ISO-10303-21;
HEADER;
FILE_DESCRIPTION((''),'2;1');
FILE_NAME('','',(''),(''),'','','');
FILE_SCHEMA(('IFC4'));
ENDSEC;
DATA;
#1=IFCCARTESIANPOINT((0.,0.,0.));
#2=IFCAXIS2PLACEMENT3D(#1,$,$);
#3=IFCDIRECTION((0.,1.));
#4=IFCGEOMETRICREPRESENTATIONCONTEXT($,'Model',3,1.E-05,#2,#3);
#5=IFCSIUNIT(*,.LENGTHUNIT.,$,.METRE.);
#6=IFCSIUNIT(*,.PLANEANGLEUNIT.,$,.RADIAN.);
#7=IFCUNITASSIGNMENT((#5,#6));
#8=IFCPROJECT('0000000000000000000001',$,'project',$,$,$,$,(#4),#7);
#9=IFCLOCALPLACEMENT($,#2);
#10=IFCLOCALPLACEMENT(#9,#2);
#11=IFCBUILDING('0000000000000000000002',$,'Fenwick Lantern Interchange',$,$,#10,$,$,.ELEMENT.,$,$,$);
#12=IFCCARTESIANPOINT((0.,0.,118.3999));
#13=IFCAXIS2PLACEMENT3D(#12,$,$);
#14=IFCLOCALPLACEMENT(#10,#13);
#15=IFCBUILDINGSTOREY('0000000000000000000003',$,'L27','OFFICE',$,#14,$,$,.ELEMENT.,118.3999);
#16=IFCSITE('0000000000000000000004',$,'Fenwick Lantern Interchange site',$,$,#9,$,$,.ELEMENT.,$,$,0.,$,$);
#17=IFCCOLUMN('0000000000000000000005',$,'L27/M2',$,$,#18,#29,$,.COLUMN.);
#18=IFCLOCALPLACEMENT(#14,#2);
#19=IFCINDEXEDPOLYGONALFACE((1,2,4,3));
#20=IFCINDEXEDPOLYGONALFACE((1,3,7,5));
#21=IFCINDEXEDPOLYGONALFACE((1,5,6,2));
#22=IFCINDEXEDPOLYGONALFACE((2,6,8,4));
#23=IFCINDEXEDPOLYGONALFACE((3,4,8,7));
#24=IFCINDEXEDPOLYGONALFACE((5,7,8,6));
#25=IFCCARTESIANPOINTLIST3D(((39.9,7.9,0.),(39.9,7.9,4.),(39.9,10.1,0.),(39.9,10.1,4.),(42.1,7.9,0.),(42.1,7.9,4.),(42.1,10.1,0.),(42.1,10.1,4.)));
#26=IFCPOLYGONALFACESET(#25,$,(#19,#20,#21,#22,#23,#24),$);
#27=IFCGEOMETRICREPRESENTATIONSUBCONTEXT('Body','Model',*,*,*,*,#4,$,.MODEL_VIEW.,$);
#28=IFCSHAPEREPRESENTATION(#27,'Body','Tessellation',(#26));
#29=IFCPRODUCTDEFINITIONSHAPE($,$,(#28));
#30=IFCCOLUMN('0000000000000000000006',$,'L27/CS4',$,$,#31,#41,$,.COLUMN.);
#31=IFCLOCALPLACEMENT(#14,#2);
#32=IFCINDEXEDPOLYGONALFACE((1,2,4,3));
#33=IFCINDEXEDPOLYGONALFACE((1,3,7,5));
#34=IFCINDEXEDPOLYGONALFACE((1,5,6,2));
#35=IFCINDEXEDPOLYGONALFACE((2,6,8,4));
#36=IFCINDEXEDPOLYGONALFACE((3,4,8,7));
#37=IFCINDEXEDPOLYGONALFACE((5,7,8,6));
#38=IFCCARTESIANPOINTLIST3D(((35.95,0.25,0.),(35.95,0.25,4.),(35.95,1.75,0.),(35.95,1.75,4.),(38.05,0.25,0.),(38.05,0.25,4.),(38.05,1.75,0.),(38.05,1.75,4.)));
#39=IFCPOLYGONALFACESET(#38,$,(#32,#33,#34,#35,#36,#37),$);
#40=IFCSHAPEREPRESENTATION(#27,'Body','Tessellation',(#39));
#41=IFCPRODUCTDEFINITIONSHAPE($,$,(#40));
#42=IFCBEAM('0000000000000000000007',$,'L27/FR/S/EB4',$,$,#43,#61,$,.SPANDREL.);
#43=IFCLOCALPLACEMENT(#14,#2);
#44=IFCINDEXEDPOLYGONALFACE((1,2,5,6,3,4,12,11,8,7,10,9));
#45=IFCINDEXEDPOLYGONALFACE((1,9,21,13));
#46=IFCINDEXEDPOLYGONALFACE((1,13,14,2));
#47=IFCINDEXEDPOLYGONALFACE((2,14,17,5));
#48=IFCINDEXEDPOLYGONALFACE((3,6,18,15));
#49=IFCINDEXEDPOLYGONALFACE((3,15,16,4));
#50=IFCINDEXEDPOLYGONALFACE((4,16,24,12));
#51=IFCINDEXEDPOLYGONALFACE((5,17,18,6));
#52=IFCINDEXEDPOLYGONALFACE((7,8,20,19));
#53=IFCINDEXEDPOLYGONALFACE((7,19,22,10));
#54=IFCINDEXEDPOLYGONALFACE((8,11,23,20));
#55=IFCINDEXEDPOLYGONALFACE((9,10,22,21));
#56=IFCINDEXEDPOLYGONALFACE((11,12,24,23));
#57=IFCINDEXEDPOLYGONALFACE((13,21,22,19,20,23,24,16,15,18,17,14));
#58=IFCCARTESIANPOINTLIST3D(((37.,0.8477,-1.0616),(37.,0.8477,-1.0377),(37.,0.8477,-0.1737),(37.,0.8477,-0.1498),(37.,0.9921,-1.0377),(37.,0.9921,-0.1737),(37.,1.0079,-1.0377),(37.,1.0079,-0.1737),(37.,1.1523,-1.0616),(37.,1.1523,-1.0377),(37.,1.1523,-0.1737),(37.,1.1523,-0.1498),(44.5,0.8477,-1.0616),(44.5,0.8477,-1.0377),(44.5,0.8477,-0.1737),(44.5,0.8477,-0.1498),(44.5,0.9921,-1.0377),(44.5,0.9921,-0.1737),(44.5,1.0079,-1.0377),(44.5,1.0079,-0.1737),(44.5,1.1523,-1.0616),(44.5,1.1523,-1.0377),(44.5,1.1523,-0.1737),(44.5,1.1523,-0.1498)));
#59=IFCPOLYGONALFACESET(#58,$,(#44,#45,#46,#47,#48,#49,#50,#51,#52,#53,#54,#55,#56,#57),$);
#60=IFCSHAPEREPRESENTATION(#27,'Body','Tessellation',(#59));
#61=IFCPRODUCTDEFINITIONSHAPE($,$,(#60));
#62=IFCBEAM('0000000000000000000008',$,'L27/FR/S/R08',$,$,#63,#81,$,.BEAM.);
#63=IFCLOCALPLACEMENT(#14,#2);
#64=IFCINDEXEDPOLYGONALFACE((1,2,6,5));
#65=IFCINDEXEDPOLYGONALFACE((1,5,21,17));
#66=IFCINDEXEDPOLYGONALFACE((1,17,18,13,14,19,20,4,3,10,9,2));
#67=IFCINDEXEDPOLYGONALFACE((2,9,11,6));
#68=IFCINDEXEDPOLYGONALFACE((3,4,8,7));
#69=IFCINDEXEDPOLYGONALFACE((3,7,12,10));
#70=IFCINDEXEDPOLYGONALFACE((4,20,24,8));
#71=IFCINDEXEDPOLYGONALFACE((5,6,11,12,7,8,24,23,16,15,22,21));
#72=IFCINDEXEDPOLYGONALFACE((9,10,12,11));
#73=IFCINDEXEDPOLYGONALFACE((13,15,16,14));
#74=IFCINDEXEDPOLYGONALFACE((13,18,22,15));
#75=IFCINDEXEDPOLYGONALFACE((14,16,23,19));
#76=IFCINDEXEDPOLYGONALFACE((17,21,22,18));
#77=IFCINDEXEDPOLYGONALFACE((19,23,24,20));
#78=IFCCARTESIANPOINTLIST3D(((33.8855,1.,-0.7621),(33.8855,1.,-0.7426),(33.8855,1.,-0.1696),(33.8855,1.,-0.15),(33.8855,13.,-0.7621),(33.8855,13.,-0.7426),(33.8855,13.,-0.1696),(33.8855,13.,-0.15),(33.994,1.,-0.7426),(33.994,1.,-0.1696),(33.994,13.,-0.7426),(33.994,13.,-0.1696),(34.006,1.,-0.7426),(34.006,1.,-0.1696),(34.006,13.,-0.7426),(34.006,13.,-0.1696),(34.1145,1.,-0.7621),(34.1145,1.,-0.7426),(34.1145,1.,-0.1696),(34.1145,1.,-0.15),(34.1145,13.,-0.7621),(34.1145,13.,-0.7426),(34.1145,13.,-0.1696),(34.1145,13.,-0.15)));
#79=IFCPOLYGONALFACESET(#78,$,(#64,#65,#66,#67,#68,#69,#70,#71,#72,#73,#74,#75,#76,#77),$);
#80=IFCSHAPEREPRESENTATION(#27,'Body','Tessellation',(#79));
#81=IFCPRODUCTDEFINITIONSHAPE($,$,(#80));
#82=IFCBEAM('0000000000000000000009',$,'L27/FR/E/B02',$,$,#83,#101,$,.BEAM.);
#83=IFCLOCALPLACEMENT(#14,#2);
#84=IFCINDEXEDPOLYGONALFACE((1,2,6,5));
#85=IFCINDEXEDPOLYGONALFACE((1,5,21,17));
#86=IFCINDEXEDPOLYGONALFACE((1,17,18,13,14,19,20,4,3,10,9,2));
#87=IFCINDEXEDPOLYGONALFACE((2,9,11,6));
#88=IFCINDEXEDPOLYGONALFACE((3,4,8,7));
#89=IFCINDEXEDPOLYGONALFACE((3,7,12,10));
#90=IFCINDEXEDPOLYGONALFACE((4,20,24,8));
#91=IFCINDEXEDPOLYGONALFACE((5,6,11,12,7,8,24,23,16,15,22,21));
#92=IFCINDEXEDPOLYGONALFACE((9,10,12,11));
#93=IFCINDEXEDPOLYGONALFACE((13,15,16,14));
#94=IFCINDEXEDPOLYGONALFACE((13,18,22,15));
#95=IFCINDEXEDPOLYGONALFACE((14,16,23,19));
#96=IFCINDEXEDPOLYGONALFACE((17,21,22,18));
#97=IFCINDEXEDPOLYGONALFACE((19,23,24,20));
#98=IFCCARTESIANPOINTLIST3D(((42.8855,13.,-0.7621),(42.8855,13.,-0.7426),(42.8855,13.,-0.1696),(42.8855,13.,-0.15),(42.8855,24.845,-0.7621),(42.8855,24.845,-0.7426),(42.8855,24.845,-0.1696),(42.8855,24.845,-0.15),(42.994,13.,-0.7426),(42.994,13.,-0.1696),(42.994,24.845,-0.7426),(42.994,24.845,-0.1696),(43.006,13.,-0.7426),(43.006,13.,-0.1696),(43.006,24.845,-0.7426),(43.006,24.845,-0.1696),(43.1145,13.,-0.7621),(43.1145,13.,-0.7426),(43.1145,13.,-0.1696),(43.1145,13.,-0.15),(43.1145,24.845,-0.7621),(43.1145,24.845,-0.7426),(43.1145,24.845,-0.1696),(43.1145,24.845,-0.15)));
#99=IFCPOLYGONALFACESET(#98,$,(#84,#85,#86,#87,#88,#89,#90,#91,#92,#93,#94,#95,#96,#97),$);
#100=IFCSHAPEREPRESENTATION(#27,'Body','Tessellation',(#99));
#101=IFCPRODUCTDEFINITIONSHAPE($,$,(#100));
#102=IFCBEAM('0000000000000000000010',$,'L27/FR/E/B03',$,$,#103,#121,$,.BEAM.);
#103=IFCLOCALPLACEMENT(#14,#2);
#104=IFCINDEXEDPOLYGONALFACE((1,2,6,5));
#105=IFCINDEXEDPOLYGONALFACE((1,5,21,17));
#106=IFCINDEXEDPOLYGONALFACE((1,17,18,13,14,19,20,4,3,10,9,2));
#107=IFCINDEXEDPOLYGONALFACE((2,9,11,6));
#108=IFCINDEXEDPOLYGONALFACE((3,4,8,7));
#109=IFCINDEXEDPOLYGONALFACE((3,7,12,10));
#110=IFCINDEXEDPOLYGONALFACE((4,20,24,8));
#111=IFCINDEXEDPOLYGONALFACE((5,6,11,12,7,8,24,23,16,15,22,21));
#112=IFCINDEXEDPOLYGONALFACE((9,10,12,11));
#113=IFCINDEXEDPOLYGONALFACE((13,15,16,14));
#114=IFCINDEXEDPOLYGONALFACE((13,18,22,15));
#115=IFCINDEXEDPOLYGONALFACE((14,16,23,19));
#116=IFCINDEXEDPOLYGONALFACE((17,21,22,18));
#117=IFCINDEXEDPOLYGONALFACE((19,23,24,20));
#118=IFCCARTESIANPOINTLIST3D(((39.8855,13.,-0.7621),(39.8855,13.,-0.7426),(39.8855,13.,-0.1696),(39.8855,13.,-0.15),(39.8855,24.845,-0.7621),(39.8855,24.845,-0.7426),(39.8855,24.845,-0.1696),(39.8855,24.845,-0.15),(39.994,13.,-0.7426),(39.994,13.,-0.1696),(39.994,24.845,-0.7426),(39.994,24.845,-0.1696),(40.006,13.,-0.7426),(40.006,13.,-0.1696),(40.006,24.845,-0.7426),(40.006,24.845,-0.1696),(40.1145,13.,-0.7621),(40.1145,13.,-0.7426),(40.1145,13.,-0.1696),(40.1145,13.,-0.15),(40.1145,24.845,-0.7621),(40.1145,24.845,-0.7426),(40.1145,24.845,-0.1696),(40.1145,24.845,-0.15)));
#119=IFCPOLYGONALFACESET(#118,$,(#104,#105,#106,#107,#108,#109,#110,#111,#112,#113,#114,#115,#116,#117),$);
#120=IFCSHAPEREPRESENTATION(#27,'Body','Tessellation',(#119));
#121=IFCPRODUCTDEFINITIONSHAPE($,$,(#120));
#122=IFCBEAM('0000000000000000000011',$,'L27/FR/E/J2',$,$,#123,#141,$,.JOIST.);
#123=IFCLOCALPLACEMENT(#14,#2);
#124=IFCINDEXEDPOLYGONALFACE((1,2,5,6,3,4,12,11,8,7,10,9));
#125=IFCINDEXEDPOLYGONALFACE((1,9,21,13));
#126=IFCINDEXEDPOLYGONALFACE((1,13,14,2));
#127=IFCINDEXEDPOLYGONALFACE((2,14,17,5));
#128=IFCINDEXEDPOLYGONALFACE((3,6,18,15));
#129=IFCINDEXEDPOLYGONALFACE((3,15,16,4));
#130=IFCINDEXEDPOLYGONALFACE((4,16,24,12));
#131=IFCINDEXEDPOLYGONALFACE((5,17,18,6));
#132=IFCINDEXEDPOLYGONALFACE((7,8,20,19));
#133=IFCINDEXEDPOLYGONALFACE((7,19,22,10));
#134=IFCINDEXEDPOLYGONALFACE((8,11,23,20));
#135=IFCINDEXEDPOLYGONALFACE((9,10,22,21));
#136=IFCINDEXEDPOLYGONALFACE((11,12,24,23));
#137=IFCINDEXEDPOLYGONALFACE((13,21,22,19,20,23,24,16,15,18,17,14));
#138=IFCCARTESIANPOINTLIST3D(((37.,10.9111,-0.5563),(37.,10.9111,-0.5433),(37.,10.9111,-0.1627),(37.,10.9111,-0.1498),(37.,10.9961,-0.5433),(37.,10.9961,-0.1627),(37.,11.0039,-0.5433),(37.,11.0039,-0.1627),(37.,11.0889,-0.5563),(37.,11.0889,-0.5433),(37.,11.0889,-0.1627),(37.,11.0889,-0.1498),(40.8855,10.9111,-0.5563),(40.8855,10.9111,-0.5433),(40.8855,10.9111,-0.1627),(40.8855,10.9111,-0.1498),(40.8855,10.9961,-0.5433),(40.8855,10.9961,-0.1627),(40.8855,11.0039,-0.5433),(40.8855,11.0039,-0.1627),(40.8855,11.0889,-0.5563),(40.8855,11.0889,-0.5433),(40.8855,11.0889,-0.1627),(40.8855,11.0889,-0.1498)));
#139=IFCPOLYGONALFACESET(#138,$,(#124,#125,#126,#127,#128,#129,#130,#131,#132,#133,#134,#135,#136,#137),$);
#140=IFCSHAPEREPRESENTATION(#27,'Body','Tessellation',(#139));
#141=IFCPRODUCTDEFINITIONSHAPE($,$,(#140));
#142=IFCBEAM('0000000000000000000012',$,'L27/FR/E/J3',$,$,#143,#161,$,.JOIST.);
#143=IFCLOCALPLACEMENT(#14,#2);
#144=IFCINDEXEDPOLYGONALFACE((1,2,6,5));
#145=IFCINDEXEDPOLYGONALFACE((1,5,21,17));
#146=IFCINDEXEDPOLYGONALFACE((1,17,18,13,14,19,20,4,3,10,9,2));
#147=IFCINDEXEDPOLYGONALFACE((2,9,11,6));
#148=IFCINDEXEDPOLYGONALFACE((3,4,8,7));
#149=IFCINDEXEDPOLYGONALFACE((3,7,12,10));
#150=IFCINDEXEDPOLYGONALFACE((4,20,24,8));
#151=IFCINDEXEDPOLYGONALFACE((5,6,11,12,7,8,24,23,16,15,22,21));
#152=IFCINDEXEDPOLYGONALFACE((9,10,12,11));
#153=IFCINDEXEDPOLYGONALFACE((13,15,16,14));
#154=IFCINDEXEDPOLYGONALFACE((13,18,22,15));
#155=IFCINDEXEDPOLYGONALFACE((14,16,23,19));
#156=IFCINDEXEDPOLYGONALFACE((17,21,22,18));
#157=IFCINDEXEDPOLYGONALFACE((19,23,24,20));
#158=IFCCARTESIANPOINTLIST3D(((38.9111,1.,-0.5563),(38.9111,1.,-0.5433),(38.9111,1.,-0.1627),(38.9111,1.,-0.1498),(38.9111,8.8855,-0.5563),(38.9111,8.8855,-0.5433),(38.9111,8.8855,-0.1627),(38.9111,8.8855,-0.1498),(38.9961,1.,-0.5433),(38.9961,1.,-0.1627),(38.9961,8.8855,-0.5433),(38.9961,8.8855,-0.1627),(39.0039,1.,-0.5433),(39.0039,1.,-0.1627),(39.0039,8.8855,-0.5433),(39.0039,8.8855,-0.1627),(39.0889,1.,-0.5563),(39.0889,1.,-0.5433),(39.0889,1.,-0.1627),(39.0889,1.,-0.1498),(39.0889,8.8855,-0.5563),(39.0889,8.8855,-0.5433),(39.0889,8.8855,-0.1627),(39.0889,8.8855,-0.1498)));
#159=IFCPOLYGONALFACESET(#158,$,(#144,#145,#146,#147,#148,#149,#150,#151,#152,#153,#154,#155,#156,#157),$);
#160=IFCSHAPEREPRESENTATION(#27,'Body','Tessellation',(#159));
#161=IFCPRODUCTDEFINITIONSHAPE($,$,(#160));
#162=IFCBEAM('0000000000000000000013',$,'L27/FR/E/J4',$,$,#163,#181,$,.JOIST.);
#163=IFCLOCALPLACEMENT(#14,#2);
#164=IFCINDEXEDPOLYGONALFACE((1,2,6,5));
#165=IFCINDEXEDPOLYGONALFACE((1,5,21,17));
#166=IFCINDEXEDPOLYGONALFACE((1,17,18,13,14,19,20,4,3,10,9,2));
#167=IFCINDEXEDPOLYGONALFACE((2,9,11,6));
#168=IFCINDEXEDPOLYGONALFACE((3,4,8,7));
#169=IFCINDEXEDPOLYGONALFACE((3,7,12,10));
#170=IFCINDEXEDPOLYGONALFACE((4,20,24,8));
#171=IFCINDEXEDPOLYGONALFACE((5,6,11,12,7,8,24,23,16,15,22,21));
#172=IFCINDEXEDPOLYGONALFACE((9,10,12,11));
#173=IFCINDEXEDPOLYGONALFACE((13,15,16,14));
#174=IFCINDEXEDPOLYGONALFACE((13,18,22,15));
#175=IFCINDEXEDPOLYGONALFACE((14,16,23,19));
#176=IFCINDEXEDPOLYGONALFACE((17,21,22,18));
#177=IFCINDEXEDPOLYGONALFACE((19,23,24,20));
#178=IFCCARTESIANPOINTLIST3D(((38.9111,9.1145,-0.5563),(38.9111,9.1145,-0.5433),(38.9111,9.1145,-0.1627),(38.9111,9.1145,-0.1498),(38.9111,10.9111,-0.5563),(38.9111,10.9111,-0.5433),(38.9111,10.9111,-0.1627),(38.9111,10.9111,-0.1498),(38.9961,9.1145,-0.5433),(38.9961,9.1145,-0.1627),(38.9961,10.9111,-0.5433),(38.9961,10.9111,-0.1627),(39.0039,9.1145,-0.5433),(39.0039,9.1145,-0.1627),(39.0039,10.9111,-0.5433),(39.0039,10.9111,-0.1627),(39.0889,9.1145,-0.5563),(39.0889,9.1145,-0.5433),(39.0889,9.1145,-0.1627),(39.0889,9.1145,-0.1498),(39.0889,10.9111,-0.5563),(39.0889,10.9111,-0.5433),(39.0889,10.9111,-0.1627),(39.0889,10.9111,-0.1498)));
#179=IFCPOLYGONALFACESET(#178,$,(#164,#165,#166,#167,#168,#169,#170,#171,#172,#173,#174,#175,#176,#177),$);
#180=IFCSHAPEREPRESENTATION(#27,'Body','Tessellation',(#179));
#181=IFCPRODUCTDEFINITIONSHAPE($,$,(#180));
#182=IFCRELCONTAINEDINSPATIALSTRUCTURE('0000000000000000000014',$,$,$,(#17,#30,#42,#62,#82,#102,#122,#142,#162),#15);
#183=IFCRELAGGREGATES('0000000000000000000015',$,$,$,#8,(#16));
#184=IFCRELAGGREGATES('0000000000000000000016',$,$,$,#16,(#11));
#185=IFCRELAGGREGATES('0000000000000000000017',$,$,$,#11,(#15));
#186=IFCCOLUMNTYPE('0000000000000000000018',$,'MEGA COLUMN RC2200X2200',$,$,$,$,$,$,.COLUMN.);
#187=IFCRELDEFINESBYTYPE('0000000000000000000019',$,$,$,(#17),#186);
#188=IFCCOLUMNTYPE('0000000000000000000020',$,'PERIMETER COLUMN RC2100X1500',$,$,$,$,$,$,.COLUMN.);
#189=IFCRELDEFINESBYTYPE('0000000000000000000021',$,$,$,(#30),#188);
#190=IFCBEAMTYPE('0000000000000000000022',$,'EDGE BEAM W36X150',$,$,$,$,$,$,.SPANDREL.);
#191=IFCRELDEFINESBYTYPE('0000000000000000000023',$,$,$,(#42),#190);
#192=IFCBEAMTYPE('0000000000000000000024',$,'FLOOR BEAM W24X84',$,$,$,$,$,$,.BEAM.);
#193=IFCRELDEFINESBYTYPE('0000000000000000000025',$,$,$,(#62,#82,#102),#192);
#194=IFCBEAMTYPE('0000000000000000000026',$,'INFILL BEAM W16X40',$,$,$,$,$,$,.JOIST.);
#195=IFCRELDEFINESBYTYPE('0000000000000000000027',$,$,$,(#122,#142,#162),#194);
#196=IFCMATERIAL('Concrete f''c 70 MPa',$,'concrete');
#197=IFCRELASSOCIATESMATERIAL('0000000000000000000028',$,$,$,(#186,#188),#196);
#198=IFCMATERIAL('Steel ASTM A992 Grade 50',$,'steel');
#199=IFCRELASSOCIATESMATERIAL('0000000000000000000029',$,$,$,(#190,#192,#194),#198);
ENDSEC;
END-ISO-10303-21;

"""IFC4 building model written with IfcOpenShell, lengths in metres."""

from ifc_helpers import new_model, si_unit, direction, frame, origin, origin_2d, place, context, subcontext, project, spatial, rectangle, i_section, extrude, material, material_profile, profile_set, type_object, element, save


model = new_model("IFC4")

# Units and contexts
model_context = context("Model", 3, precision=1e-05, world=origin(), true_north=direction((0.0, 1.0)))
body_context = subcontext(model_context, "Body", "Model", "MODEL_VIEW")
ifc_project = project(units=[si_unit("LENGTHUNIT", "METRE"), si_unit("PLANEANGLEUNIT", "RADIAN")], contexts=[model_context])

# Site, building, storey
site_placement = place(None, origin())
site = spatial("IfcSite", under=ifc_project, at=site_placement, Name="Fenwick Lantern Interchange site", CompositionType="ELEMENT", RefElevation=0.0)
building_placement = place(site_placement, origin())
building = spatial("IfcBuilding", under=site, at=building_placement, Name="Fenwick Lantern Interchange", CompositionType="ELEMENT")
storey_placement = place(building_placement, frame((0.0, 0.0, 118.3999)))
storey = spatial("IfcBuildingStorey", under=building, at=storey_placement, Name="L27", Description="OFFICE", CompositionType="ELEMENT", Elevation=118.3999)

# Columns
ifc_material_1 = material(Name="Concrete f'c 70 MPa", Category="concrete")
ifc_material_profile_1 = material_profile(ifc_material_1, rectangle(XDim=2.2, YDim=2.2, at=origin_2d()), Name="RC2200X2200")
ifc_profile_set_1 = profile_set([ifc_material_profile_1], Name="Concrete f'c 70 MPa")
column_type_1 = type_object("IfcColumnType", Name="MEGA COLUMN RC2200X2200", PredefinedType="COLUMN", material=ifc_profile_set_1)
column_1_placement = place(storey_placement, frame((41.0, 9.0, 0.0), z_axis=(0.0, 0.0, 1.0), x_axis=(1.0, 0.0, 0.0)))
element("IfcColumn", 1, at=column_1_placement, inside=storey, type_object=column_type_1, Name="L27/M2", PredefinedType="COLUMN", context=body_context, shape_type="SweptSolid", body=[
    extrude(rectangle(XDim=2.2, YDim=2.2, at=origin_2d()), origin(), (0.0, 0.0, 1.0), 4.0),
])
ifc_material_profile_2 = material_profile(ifc_material_1, rectangle(XDim=2.1001, YDim=1.5, at=origin_2d()), Name="RC2100X1500")
ifc_profile_set_2 = profile_set([ifc_material_profile_2], Name="Concrete f'c 70 MPa")
column_type_2 = type_object("IfcColumnType", Name="PERIMETER COLUMN RC2100X1500", PredefinedType="COLUMN", material=ifc_profile_set_2)
column_2_placement = place(storey_placement, frame((37.0, 1.0, 0.0), z_axis=(0.0, 0.0, 1.0), x_axis=(1.0, 0.0, 0.0)))
element("IfcColumn", 2, at=column_2_placement, inside=storey, type_object=column_type_2, Name="L27/CS4", PredefinedType="COLUMN", context=body_context, shape_type="SweptSolid", body=[
    extrude(rectangle(XDim=2.1001, YDim=1.5, at=origin_2d()), origin(), (0.0, 0.0, 1.0), 4.0),
])

# Beams
ifc_material_2 = material(Name="Steel ASTM A992 Grade 50", Category="steel")
ifc_material_profile_3 = material_profile(ifc_material_2, i_section(OverallWidth=0.3047, OverallDepth=0.9119, WebThickness=0.0159, FlangeThickness=0.0239, at=origin_2d()), Name="W36X150")
ifc_profile_set_3 = profile_set([ifc_material_profile_3], Name="Steel ASTM A992 Grade 50")
beam_type_1 = type_object("IfcBeamType", Name="EDGE BEAM W36X150", PredefinedType="SPANDREL", material=ifc_profile_set_3)
beam_1_placement = place(storey_placement, frame((37.0, 1.0, -0.6057), z_axis=(1.0, 0.0, 0.0), x_axis=(0.0, 1.0, 0.0)))
element("IfcBeam", 3, at=beam_1_placement, inside=storey, type_object=beam_type_1, Name="L27/FR/S/EB4", PredefinedType="SPANDREL", context=body_context, shape_type="SweptSolid", body=[
    extrude(i_section(OverallWidth=0.3047, OverallDepth=0.9119, WebThickness=0.0159, FlangeThickness=0.0239, at=origin_2d()), origin(), (0.0, 0.0, 1.0), 7.5),
])
ifc_material_profile_4 = material_profile(ifc_material_2, i_section(OverallWidth=0.229, OverallDepth=0.6121, WebThickness=0.012, FlangeThickness=0.0195, at=origin_2d()), Name="W24X84")
ifc_profile_set_4 = profile_set([ifc_material_profile_4], Name="Steel ASTM A992 Grade 50")
beam_type_2 = type_object("IfcBeamType", Name="FLOOR BEAM W24X84", PredefinedType="BEAM", material=ifc_profile_set_4)
beam_2_placement = place(storey_placement, frame((34.0, 1.0, -0.4561), z_axis=(0.0, 1.0, 0.0), x_axis=(-1.0, 0.0, 0.0)))
element("IfcBeam", 4, at=beam_2_placement, inside=storey, type_object=beam_type_2, Name="L27/FR/S/R08", PredefinedType="BEAM", context=body_context, shape_type="SweptSolid", body=[
    extrude(i_section(OverallWidth=0.229, OverallDepth=0.6121, WebThickness=0.012, FlangeThickness=0.0195, at=origin_2d()), origin(), (0.0, 0.0, 1.0), 12.0),
])
for number, where, z_axis, x_axis, name in (
    (5, (43.0, 13.0, -0.4561), (0.0, 1.0, 0.0), (-1.0, 0.0, 0.0), "L27/FR/E/B02"),
    (6, (40.0, 13.0, -0.4561), (0.0, 1.0, 0.0), (-1.0, 0.0, 0.0), "L27/FR/E/B03"),
):
    element("IfcBeam", number, at=place(storey_placement, frame(where, z_axis=z_axis, x_axis=x_axis)), inside=storey, type_object=beam_type_2, Name=name, PredefinedType="BEAM", context=body_context, shape_type="SweptSolid", body=[
        extrude(i_section(OverallWidth=0.229, OverallDepth=0.6121, WebThickness=0.012, FlangeThickness=0.0195, at=origin_2d()), origin(), (0.0, 0.0, 1.0), 11.845),
    ])
ifc_material_profile_5 = material_profile(ifc_material_2, i_section(OverallWidth=0.1777, OverallDepth=0.4065, WebThickness=0.0078, FlangeThickness=0.0129, at=origin_2d()), Name="W16X40")
ifc_profile_set_5 = profile_set([ifc_material_profile_5], Name="Steel ASTM A992 Grade 50")
beam_type_3 = type_object("IfcBeamType", Name="INFILL BEAM W16X40", PredefinedType="JOIST", material=ifc_profile_set_5)
beam_3_placement = place(storey_placement, frame((40.8855, 11.0, -0.353), z_axis=(-1.0, 0.0, 0.0), x_axis=(0.0, -1.0, 0.0)))
element("IfcBeam", 7, at=beam_3_placement, inside=storey, type_object=beam_type_3, Name="L27/FR/E/J2", PredefinedType="JOIST", context=body_context, shape_type="SweptSolid", body=[
    extrude(i_section(OverallWidth=0.1777, OverallDepth=0.4065, WebThickness=0.0078, FlangeThickness=0.0129, at=origin_2d()), origin(), (0.0, 0.0, 1.0), 3.8855),
])
beam_4_placement = place(storey_placement, frame((39.0, 1.0, -0.353), z_axis=(0.0, 1.0, 0.0), x_axis=(-1.0, 0.0, 0.0)))
element("IfcBeam", 8, at=beam_4_placement, inside=storey, type_object=beam_type_3, Name="L27/FR/E/J3", PredefinedType="JOIST", context=body_context, shape_type="SweptSolid", body=[
    extrude(i_section(OverallWidth=0.1777, OverallDepth=0.4065, WebThickness=0.0078, FlangeThickness=0.0129, at=origin_2d()), origin(), (0.0, 0.0, 1.0), 7.8855),
])
beam_5_placement = place(storey_placement, frame((39.0, 9.1145, -0.353), z_axis=(0.0, 1.0, 0.0), x_axis=(-1.0, 0.0, 0.0)))
element("IfcBeam", 9, at=beam_5_placement, inside=storey, type_object=beam_type_3, Name="L27/FR/E/J4", PredefinedType="JOIST", context=body_context, shape_type="SweptSolid", body=[
    extrude(i_section(OverallWidth=0.1777, OverallDepth=0.4065, WebThickness=0.0078, FlangeThickness=0.0129, at=origin_2d()), origin(), (0.0, 0.0, 1.0), 1.7966),
])

save(model, "model.ifc")
